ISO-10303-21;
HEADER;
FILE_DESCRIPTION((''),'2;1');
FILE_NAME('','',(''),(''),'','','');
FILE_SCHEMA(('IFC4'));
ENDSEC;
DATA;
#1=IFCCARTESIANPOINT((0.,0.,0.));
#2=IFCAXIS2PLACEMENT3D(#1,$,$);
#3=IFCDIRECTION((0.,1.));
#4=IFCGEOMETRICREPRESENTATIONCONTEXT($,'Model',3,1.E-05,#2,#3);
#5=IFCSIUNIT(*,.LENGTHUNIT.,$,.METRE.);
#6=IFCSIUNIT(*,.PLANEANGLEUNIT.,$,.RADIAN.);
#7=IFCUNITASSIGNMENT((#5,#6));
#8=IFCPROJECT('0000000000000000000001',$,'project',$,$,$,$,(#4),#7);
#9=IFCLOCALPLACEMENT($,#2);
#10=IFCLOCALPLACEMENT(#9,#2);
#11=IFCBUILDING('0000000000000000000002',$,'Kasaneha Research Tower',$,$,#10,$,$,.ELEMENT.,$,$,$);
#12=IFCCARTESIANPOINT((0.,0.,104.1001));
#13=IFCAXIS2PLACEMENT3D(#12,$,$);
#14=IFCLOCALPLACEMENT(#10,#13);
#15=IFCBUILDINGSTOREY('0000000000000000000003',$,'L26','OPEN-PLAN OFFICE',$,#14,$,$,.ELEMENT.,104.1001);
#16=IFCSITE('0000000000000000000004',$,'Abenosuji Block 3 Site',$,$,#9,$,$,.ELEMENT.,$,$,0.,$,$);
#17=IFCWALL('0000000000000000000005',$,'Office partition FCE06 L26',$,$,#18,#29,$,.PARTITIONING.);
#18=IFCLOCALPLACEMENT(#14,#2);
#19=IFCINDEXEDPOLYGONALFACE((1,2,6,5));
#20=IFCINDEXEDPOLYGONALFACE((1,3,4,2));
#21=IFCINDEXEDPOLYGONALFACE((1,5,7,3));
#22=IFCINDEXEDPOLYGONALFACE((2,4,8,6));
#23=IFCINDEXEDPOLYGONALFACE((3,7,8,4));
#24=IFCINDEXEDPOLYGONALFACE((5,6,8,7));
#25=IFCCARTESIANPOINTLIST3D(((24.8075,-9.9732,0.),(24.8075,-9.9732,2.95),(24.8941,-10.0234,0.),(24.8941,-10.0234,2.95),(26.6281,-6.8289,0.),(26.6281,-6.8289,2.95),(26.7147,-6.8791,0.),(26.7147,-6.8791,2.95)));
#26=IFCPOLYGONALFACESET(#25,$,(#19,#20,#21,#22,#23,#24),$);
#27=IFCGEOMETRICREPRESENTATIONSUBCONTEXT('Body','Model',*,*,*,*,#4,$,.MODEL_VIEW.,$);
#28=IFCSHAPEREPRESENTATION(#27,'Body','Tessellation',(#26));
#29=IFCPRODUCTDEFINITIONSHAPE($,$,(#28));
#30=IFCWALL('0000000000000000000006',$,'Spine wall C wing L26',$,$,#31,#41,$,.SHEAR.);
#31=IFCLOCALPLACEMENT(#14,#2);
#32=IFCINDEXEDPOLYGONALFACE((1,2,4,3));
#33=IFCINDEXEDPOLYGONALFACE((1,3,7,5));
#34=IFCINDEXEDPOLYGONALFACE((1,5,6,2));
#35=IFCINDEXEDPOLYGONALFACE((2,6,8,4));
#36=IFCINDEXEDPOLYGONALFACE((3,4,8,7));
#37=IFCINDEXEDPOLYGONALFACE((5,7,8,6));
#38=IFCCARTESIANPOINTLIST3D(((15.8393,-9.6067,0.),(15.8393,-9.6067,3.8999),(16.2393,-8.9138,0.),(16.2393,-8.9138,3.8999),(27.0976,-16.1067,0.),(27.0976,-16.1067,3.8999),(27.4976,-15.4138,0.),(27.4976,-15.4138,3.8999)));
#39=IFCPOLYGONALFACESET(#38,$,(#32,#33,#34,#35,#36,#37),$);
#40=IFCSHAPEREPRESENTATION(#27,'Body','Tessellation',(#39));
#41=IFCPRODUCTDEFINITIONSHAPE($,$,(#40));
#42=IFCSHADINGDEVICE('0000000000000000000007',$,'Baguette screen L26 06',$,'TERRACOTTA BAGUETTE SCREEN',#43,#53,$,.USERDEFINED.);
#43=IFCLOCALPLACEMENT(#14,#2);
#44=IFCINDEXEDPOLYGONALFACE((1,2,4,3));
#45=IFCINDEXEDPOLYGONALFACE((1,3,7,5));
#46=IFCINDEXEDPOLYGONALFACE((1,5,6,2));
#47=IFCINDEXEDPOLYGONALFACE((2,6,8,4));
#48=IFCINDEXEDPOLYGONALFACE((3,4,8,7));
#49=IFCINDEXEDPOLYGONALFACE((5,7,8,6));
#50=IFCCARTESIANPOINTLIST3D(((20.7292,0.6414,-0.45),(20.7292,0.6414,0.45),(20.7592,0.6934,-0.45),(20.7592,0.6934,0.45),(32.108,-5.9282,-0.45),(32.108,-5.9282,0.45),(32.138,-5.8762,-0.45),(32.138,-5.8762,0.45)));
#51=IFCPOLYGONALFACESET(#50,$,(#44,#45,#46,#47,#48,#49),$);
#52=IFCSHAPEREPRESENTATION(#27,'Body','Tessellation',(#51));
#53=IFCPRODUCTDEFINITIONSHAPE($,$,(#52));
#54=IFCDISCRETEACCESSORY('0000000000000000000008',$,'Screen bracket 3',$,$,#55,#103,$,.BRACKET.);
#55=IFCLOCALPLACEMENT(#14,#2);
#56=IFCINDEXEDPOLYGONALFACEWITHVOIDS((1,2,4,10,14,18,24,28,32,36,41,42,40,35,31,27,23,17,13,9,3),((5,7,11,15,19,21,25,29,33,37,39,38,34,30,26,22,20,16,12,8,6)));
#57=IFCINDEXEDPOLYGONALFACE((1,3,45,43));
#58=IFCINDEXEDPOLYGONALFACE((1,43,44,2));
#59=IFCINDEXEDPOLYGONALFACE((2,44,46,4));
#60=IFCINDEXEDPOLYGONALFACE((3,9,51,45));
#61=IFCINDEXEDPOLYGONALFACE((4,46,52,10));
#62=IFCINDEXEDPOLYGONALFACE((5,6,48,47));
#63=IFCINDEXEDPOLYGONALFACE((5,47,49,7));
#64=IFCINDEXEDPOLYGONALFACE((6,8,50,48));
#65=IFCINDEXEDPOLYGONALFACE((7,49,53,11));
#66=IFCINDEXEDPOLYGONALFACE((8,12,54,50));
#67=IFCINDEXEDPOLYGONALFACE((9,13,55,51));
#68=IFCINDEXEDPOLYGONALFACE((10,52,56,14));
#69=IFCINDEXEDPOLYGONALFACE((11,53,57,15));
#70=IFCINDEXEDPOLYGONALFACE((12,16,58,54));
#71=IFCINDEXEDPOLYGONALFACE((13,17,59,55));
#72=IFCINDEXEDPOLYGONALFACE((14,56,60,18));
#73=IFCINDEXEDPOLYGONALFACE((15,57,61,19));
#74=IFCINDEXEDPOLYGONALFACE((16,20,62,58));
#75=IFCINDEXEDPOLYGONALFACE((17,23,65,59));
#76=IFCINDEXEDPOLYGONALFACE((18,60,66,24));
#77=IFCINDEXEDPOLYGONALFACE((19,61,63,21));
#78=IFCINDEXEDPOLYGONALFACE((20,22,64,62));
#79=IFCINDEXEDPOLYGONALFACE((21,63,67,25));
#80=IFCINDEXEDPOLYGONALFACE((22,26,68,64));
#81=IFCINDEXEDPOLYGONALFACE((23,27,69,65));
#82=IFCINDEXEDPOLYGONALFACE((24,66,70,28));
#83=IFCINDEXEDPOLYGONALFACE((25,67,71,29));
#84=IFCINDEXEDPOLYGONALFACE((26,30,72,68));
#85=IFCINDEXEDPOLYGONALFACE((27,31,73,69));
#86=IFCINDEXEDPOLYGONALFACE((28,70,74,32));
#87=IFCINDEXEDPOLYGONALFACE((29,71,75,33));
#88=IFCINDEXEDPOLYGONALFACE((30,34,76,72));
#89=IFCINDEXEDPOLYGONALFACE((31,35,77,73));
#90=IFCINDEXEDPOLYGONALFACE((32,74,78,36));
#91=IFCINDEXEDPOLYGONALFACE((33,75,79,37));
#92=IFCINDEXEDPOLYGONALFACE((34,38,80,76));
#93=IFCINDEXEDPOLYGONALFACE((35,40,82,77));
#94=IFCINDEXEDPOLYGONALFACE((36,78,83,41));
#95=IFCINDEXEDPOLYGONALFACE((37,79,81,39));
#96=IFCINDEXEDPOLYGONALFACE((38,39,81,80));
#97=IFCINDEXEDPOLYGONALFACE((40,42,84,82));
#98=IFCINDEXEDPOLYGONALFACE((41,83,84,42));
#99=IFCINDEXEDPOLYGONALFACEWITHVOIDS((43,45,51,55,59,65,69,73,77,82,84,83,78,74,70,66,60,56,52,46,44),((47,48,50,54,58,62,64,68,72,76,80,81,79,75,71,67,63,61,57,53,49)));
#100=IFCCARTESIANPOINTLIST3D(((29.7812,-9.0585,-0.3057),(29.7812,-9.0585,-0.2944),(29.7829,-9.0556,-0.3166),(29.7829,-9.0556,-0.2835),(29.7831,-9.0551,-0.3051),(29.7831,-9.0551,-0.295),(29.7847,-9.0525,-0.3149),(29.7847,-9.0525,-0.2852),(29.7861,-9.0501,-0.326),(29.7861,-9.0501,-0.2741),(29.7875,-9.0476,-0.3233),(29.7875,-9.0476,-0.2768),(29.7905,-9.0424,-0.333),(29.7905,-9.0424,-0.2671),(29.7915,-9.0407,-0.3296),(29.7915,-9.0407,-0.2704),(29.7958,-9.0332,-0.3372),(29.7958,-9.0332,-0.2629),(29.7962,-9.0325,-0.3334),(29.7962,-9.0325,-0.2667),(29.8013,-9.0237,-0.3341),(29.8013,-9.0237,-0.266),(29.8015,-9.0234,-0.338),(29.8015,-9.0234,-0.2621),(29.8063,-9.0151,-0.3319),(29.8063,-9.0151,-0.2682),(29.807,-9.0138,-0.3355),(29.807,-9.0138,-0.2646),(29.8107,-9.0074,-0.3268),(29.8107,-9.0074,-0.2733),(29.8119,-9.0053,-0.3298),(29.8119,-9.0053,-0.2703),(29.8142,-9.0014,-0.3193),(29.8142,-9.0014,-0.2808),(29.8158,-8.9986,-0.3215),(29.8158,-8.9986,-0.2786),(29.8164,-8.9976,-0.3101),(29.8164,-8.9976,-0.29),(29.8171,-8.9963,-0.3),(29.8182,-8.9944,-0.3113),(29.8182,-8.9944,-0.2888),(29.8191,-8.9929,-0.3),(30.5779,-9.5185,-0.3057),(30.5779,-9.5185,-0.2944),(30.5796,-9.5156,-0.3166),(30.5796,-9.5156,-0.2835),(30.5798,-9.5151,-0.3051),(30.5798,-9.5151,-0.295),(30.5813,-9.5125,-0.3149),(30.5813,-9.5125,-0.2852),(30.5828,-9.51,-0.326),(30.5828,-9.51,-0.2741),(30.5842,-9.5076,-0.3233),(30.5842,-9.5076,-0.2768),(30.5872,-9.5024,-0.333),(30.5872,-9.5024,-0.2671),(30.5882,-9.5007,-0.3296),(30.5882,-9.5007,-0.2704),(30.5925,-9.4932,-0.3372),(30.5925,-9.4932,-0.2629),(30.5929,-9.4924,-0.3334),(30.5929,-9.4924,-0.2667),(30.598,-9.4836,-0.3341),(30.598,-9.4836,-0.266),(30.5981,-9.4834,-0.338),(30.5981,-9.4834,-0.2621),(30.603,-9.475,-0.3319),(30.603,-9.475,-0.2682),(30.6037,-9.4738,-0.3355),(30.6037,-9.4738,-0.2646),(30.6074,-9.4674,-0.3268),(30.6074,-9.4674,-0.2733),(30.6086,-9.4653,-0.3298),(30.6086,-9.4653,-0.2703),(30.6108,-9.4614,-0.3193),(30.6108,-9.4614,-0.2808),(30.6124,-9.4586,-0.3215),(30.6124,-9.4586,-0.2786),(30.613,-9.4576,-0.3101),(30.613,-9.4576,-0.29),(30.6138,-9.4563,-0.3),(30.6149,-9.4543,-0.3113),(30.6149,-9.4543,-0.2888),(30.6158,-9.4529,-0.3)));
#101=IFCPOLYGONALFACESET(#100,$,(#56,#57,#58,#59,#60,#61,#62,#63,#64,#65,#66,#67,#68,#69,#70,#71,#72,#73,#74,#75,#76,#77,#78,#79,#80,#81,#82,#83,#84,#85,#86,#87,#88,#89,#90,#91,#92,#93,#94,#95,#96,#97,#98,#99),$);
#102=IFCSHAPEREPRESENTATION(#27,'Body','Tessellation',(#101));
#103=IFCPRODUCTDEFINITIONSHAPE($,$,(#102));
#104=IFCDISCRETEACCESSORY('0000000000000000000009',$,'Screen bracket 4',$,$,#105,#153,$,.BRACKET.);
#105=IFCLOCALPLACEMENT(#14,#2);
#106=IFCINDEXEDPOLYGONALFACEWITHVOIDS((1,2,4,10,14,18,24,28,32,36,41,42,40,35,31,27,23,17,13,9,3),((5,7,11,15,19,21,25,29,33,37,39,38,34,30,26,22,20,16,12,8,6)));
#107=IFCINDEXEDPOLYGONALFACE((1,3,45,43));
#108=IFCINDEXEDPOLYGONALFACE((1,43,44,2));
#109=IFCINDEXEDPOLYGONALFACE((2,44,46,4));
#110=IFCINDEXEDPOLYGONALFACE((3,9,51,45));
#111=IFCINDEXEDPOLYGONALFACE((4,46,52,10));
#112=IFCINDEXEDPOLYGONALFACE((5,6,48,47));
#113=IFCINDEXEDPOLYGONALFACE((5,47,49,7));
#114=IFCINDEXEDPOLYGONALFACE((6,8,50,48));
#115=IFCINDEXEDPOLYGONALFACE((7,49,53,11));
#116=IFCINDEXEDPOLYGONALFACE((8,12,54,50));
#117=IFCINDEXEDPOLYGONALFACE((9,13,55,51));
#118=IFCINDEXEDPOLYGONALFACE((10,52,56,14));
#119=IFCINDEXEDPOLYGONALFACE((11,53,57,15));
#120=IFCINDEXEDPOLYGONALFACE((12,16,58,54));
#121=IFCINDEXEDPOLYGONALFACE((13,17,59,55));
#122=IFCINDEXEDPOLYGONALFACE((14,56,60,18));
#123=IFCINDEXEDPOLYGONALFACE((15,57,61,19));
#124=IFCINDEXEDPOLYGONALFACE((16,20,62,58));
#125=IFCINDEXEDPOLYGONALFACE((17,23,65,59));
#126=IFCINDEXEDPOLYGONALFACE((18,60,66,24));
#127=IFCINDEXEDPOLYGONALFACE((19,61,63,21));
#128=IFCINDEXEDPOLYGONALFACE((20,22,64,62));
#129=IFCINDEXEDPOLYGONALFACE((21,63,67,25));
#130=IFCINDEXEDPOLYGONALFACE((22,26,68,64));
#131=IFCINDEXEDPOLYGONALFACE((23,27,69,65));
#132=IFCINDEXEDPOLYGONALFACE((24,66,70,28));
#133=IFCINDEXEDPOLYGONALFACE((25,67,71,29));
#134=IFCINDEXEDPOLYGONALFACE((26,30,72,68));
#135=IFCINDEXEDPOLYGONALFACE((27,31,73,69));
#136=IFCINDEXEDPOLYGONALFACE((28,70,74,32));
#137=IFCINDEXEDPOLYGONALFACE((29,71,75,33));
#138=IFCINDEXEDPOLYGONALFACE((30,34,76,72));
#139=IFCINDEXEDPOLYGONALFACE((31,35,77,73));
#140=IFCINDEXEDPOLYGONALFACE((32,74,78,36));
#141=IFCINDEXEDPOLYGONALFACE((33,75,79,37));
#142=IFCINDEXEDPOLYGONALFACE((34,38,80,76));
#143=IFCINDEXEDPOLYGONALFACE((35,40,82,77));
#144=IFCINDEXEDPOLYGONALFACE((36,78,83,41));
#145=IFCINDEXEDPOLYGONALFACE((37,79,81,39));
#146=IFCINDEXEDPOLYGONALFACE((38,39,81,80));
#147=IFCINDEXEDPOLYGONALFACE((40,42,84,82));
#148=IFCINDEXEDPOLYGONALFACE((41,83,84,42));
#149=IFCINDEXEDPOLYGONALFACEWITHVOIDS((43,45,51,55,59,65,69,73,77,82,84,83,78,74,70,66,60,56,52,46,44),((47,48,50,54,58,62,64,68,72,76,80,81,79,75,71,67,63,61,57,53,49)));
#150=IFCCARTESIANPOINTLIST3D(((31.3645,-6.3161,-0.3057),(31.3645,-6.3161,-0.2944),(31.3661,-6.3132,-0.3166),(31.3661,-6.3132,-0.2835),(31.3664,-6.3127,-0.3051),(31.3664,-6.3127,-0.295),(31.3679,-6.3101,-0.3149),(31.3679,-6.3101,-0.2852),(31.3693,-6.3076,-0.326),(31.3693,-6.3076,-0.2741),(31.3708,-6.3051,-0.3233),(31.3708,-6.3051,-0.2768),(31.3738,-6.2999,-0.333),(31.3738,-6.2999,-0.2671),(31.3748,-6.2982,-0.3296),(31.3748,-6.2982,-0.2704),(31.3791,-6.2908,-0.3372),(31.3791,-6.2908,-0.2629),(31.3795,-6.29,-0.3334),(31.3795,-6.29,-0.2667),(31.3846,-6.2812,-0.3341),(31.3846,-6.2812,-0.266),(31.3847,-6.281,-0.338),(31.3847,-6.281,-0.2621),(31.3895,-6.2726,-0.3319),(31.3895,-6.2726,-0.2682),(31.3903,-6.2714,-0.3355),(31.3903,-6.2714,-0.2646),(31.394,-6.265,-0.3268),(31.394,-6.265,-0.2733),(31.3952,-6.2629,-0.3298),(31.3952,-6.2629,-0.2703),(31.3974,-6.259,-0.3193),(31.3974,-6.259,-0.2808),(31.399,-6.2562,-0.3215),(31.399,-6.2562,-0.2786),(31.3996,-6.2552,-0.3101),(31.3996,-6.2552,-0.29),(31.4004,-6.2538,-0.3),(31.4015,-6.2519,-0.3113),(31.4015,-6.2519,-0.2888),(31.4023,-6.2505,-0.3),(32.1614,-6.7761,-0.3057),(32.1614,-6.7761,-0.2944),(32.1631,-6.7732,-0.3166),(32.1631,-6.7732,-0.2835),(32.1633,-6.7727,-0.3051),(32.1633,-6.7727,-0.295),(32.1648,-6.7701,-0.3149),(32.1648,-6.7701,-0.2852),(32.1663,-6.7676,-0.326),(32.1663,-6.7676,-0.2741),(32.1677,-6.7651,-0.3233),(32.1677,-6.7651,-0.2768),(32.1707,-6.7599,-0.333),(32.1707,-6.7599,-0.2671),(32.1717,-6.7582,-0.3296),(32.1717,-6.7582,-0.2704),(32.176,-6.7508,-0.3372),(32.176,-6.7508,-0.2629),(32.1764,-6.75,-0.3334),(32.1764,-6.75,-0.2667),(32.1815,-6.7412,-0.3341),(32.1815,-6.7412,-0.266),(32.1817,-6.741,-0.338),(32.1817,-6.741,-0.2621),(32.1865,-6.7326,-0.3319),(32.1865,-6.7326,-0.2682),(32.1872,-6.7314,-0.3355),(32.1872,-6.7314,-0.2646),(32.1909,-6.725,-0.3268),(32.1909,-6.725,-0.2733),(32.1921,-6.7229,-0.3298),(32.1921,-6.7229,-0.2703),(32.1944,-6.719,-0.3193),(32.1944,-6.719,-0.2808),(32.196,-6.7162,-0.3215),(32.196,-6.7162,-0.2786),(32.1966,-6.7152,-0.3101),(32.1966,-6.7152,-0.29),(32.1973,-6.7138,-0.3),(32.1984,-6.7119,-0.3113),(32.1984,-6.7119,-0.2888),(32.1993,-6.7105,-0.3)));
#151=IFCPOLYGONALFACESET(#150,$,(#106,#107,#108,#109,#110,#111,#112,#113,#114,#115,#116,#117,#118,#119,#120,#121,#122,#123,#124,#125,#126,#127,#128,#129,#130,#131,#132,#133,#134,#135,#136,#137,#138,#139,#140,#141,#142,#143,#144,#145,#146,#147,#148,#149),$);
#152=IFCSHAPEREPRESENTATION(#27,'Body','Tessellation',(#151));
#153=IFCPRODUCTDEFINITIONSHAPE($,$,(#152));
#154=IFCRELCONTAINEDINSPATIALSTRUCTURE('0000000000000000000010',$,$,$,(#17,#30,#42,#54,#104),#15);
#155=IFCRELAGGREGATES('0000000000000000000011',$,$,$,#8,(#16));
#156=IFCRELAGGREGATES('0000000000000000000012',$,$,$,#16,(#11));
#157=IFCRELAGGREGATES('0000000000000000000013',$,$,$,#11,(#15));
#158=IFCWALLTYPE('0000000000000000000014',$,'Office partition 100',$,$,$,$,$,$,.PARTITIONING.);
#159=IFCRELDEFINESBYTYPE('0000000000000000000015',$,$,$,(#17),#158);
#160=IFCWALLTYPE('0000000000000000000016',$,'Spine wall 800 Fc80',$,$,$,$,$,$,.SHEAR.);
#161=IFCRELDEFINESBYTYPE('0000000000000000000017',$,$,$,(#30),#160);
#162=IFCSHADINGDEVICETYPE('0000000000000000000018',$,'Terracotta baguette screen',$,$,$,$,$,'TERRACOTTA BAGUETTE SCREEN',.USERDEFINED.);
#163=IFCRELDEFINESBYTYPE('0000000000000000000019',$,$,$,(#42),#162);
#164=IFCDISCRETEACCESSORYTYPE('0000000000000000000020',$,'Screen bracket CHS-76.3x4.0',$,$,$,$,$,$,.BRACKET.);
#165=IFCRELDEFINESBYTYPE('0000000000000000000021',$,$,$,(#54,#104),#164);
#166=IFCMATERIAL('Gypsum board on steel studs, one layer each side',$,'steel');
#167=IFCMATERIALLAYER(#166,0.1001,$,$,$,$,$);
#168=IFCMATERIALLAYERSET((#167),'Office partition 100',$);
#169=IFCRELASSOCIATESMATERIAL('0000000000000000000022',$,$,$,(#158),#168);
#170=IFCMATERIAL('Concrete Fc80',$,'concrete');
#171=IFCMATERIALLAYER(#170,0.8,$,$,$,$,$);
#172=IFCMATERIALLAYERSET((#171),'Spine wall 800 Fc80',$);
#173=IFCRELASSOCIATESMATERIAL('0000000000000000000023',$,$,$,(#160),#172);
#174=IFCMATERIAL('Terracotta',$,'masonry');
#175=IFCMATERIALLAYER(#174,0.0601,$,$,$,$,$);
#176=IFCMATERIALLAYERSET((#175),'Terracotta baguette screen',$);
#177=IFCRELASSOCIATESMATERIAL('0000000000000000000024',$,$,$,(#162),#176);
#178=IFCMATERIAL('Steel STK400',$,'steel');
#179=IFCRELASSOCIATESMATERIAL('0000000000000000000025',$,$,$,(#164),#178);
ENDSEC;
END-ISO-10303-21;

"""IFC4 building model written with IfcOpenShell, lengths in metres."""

from ifc_helpers import new_model, si_unit, direction, frame, frame_2d, origin, origin_2d, place, context, subcontext, project, spatial, rectangle, hollow_circle, extrude, material, layer, layer_set, material_profile, profile_set, type_object, element, save


model = new_model("IFC4")

# Units and contexts
model_context = context("Model", 3, precision=1e-05, world=origin(), true_north=direction((0.0, 1.0)))
body_context = subcontext(model_context, "Body", "Model", "MODEL_VIEW")
ifc_project = project(units=[si_unit("LENGTHUNIT", "METRE"), si_unit("PLANEANGLEUNIT", "RADIAN")], contexts=[model_context])

# Site, building, storey
site_placement = place(None, origin())
site = spatial("IfcSite", under=ifc_project, at=site_placement, Name="Abenosuji Block 3 Site", CompositionType="ELEMENT", RefElevation=0.0)
building_placement = place(site_placement, origin())
building = spatial("IfcBuilding", under=site, at=building_placement, Name="Kasaneha Research Tower", CompositionType="ELEMENT")
storey_placement = place(building_placement, frame((0.0, 0.0, 104.1001)))
storey = spatial("IfcBuildingStorey", under=building, at=storey_placement, Name="L26", Description="OPEN-PLAN OFFICE", CompositionType="ELEMENT", Elevation=104.1001)

# Shared definitions
ifc_material_1 = material(Name="Gypsum board on steel studs, one layer each side", Category="steel")
ifc_layer_1 = layer(ifc_material_1, 0.1001)
ifc_layer_set_1 = layer_set([ifc_layer_1], Name="Office partition 100")
wall_type_1 = type_object("IfcWallType", Name="Office partition 100", PredefinedType="PARTITIONING", material=ifc_layer_set_1)

# Walls
wall_1_placement = place(storey_placement, frame((24.8508, -9.9983, 0.0), z_axis=(0.0, 0.0, 1.0), x_axis=(0.501073, 0.865405, 0.0)))
element("IfcWall", 1, at=wall_1_placement, inside=storey, type_object=wall_type_1, Name="Office partition FCE06 L26", PredefinedType="PARTITIONING", context=body_context, shape_type="SweptSolid", body=[
    extrude(rectangle(XDim=3.6333, YDim=0.1001, at=frame_2d((1.8167, 0.0))), origin(), (0.0, 0.0, 1.0), 2.95),
])
ifc_material_2 = material(Name="Concrete Fc80", Category="concrete")
ifc_layer_2 = layer(ifc_material_2, 0.8)
ifc_layer_set_2 = layer_set([ifc_layer_2], Name="Spine wall 800 Fc80")
wall_type_2 = type_object("IfcWallType", Name="Spine wall 800 Fc80", PredefinedType="SHEAR", material=ifc_layer_set_2)
wall_2_placement = place(storey_placement, frame((16.0393, -9.2603, 0.0), z_axis=(0.0, 0.0, 1.0), x_axis=(0.866025, -0.500001, 0.0)))
element("IfcWall", 2, at=wall_2_placement, inside=storey, type_object=wall_type_2, Name="Spine wall C wing L26", PredefinedType="SHEAR", context=body_context, shape_type="SweptSolid", body=[
    extrude(rectangle(XDim=13.0, YDim=0.8, at=frame_2d((6.5, 0.0))), origin(), (0.0, 0.0, 1.0), 3.8999),
])

# Shading device
ifc_material_3 = material(Name="Terracotta", Category="masonry")
ifc_layer_3 = layer(ifc_material_3, 0.0601)
ifc_layer_set_3 = layer_set([ifc_layer_3], Name="Terracotta baguette screen")
shading_device_type = type_object("IfcShadingDeviceType", Name="Terracotta baguette screen", ElementType="TERRACOTTA BAGUETTE SCREEN", PredefinedType="USERDEFINED", material=ifc_layer_set_3)
shading_device_placement = place(storey_placement, frame((26.4336, -2.6174, -0.45), z_axis=(0.0, 0.0, 1.0), x_axis=(-0.866025, 0.5, 0.0)))
element("IfcShadingDevice", 3, at=shading_device_placement, inside=storey, type_object=shading_device_type, Name="Baguette screen L26 06", ObjectType="TERRACOTTA BAGUETTE SCREEN", PredefinedType="USERDEFINED", context=body_context, shape_type="SweptSolid", body=[
    extrude(rectangle(XDim=13.1392, YDim=0.0601, at=origin_2d()), origin(), (0.0, 0.0, 1.0), 0.8999),
])

# Discrete accessories
ifc_material_4 = material(Name="Steel STK400", Category="steel")
ifc_material_profile_1 = material_profile(ifc_material_4, hollow_circle(Radius=0.0381, WallThickness=0.0039, at=origin_2d()), Name="CHS-76.3x4.0")
ifc_profile_set_1 = profile_set([ifc_material_profile_1], Name="Steel STK400")
discrete_accessory_type = type_object("IfcDiscreteAccessoryType", Name="Screen bracket CHS-76.3x4.0", PredefinedType="BRACKET", material=ifc_profile_set_1)
discrete_accessory_1_placement = place(storey_placement, frame((29.8, -9.0259, -0.3), z_axis=(0.866013, -0.500021, 0.0), x_axis=(0.500021, 0.866013, 0.0)))
element("IfcDiscreteAccessory", 4, at=discrete_accessory_1_placement, inside=storey, type_object=discrete_accessory_type, Name="Screen bracket 3", PredefinedType="BRACKET", context=body_context, shape_type="SweptSolid", body=[
    extrude(hollow_circle(Radius=0.0381, WallThickness=0.0039, at=origin_2d()), origin(), (0.0, 0.0, 1.0), 0.9199),
])
discrete_accessory_2_placement = place(storey_placement, frame((31.3833, -6.2834, -0.3), z_axis=(0.86608, -0.499906, 0.0), x_axis=(0.499906, 0.86608, 0.0)))
element("IfcDiscreteAccessory", 5, at=discrete_accessory_2_placement, inside=storey, type_object=discrete_accessory_type, Name="Screen bracket 4", PredefinedType="BRACKET", context=body_context, shape_type="SweptSolid", body=[
    extrude(hollow_circle(Radius=0.0381, WallThickness=0.0039, at=origin_2d()), origin(), (0.0, 0.0, 1.0), 0.9202),
])

save(model, "model.ifc")
